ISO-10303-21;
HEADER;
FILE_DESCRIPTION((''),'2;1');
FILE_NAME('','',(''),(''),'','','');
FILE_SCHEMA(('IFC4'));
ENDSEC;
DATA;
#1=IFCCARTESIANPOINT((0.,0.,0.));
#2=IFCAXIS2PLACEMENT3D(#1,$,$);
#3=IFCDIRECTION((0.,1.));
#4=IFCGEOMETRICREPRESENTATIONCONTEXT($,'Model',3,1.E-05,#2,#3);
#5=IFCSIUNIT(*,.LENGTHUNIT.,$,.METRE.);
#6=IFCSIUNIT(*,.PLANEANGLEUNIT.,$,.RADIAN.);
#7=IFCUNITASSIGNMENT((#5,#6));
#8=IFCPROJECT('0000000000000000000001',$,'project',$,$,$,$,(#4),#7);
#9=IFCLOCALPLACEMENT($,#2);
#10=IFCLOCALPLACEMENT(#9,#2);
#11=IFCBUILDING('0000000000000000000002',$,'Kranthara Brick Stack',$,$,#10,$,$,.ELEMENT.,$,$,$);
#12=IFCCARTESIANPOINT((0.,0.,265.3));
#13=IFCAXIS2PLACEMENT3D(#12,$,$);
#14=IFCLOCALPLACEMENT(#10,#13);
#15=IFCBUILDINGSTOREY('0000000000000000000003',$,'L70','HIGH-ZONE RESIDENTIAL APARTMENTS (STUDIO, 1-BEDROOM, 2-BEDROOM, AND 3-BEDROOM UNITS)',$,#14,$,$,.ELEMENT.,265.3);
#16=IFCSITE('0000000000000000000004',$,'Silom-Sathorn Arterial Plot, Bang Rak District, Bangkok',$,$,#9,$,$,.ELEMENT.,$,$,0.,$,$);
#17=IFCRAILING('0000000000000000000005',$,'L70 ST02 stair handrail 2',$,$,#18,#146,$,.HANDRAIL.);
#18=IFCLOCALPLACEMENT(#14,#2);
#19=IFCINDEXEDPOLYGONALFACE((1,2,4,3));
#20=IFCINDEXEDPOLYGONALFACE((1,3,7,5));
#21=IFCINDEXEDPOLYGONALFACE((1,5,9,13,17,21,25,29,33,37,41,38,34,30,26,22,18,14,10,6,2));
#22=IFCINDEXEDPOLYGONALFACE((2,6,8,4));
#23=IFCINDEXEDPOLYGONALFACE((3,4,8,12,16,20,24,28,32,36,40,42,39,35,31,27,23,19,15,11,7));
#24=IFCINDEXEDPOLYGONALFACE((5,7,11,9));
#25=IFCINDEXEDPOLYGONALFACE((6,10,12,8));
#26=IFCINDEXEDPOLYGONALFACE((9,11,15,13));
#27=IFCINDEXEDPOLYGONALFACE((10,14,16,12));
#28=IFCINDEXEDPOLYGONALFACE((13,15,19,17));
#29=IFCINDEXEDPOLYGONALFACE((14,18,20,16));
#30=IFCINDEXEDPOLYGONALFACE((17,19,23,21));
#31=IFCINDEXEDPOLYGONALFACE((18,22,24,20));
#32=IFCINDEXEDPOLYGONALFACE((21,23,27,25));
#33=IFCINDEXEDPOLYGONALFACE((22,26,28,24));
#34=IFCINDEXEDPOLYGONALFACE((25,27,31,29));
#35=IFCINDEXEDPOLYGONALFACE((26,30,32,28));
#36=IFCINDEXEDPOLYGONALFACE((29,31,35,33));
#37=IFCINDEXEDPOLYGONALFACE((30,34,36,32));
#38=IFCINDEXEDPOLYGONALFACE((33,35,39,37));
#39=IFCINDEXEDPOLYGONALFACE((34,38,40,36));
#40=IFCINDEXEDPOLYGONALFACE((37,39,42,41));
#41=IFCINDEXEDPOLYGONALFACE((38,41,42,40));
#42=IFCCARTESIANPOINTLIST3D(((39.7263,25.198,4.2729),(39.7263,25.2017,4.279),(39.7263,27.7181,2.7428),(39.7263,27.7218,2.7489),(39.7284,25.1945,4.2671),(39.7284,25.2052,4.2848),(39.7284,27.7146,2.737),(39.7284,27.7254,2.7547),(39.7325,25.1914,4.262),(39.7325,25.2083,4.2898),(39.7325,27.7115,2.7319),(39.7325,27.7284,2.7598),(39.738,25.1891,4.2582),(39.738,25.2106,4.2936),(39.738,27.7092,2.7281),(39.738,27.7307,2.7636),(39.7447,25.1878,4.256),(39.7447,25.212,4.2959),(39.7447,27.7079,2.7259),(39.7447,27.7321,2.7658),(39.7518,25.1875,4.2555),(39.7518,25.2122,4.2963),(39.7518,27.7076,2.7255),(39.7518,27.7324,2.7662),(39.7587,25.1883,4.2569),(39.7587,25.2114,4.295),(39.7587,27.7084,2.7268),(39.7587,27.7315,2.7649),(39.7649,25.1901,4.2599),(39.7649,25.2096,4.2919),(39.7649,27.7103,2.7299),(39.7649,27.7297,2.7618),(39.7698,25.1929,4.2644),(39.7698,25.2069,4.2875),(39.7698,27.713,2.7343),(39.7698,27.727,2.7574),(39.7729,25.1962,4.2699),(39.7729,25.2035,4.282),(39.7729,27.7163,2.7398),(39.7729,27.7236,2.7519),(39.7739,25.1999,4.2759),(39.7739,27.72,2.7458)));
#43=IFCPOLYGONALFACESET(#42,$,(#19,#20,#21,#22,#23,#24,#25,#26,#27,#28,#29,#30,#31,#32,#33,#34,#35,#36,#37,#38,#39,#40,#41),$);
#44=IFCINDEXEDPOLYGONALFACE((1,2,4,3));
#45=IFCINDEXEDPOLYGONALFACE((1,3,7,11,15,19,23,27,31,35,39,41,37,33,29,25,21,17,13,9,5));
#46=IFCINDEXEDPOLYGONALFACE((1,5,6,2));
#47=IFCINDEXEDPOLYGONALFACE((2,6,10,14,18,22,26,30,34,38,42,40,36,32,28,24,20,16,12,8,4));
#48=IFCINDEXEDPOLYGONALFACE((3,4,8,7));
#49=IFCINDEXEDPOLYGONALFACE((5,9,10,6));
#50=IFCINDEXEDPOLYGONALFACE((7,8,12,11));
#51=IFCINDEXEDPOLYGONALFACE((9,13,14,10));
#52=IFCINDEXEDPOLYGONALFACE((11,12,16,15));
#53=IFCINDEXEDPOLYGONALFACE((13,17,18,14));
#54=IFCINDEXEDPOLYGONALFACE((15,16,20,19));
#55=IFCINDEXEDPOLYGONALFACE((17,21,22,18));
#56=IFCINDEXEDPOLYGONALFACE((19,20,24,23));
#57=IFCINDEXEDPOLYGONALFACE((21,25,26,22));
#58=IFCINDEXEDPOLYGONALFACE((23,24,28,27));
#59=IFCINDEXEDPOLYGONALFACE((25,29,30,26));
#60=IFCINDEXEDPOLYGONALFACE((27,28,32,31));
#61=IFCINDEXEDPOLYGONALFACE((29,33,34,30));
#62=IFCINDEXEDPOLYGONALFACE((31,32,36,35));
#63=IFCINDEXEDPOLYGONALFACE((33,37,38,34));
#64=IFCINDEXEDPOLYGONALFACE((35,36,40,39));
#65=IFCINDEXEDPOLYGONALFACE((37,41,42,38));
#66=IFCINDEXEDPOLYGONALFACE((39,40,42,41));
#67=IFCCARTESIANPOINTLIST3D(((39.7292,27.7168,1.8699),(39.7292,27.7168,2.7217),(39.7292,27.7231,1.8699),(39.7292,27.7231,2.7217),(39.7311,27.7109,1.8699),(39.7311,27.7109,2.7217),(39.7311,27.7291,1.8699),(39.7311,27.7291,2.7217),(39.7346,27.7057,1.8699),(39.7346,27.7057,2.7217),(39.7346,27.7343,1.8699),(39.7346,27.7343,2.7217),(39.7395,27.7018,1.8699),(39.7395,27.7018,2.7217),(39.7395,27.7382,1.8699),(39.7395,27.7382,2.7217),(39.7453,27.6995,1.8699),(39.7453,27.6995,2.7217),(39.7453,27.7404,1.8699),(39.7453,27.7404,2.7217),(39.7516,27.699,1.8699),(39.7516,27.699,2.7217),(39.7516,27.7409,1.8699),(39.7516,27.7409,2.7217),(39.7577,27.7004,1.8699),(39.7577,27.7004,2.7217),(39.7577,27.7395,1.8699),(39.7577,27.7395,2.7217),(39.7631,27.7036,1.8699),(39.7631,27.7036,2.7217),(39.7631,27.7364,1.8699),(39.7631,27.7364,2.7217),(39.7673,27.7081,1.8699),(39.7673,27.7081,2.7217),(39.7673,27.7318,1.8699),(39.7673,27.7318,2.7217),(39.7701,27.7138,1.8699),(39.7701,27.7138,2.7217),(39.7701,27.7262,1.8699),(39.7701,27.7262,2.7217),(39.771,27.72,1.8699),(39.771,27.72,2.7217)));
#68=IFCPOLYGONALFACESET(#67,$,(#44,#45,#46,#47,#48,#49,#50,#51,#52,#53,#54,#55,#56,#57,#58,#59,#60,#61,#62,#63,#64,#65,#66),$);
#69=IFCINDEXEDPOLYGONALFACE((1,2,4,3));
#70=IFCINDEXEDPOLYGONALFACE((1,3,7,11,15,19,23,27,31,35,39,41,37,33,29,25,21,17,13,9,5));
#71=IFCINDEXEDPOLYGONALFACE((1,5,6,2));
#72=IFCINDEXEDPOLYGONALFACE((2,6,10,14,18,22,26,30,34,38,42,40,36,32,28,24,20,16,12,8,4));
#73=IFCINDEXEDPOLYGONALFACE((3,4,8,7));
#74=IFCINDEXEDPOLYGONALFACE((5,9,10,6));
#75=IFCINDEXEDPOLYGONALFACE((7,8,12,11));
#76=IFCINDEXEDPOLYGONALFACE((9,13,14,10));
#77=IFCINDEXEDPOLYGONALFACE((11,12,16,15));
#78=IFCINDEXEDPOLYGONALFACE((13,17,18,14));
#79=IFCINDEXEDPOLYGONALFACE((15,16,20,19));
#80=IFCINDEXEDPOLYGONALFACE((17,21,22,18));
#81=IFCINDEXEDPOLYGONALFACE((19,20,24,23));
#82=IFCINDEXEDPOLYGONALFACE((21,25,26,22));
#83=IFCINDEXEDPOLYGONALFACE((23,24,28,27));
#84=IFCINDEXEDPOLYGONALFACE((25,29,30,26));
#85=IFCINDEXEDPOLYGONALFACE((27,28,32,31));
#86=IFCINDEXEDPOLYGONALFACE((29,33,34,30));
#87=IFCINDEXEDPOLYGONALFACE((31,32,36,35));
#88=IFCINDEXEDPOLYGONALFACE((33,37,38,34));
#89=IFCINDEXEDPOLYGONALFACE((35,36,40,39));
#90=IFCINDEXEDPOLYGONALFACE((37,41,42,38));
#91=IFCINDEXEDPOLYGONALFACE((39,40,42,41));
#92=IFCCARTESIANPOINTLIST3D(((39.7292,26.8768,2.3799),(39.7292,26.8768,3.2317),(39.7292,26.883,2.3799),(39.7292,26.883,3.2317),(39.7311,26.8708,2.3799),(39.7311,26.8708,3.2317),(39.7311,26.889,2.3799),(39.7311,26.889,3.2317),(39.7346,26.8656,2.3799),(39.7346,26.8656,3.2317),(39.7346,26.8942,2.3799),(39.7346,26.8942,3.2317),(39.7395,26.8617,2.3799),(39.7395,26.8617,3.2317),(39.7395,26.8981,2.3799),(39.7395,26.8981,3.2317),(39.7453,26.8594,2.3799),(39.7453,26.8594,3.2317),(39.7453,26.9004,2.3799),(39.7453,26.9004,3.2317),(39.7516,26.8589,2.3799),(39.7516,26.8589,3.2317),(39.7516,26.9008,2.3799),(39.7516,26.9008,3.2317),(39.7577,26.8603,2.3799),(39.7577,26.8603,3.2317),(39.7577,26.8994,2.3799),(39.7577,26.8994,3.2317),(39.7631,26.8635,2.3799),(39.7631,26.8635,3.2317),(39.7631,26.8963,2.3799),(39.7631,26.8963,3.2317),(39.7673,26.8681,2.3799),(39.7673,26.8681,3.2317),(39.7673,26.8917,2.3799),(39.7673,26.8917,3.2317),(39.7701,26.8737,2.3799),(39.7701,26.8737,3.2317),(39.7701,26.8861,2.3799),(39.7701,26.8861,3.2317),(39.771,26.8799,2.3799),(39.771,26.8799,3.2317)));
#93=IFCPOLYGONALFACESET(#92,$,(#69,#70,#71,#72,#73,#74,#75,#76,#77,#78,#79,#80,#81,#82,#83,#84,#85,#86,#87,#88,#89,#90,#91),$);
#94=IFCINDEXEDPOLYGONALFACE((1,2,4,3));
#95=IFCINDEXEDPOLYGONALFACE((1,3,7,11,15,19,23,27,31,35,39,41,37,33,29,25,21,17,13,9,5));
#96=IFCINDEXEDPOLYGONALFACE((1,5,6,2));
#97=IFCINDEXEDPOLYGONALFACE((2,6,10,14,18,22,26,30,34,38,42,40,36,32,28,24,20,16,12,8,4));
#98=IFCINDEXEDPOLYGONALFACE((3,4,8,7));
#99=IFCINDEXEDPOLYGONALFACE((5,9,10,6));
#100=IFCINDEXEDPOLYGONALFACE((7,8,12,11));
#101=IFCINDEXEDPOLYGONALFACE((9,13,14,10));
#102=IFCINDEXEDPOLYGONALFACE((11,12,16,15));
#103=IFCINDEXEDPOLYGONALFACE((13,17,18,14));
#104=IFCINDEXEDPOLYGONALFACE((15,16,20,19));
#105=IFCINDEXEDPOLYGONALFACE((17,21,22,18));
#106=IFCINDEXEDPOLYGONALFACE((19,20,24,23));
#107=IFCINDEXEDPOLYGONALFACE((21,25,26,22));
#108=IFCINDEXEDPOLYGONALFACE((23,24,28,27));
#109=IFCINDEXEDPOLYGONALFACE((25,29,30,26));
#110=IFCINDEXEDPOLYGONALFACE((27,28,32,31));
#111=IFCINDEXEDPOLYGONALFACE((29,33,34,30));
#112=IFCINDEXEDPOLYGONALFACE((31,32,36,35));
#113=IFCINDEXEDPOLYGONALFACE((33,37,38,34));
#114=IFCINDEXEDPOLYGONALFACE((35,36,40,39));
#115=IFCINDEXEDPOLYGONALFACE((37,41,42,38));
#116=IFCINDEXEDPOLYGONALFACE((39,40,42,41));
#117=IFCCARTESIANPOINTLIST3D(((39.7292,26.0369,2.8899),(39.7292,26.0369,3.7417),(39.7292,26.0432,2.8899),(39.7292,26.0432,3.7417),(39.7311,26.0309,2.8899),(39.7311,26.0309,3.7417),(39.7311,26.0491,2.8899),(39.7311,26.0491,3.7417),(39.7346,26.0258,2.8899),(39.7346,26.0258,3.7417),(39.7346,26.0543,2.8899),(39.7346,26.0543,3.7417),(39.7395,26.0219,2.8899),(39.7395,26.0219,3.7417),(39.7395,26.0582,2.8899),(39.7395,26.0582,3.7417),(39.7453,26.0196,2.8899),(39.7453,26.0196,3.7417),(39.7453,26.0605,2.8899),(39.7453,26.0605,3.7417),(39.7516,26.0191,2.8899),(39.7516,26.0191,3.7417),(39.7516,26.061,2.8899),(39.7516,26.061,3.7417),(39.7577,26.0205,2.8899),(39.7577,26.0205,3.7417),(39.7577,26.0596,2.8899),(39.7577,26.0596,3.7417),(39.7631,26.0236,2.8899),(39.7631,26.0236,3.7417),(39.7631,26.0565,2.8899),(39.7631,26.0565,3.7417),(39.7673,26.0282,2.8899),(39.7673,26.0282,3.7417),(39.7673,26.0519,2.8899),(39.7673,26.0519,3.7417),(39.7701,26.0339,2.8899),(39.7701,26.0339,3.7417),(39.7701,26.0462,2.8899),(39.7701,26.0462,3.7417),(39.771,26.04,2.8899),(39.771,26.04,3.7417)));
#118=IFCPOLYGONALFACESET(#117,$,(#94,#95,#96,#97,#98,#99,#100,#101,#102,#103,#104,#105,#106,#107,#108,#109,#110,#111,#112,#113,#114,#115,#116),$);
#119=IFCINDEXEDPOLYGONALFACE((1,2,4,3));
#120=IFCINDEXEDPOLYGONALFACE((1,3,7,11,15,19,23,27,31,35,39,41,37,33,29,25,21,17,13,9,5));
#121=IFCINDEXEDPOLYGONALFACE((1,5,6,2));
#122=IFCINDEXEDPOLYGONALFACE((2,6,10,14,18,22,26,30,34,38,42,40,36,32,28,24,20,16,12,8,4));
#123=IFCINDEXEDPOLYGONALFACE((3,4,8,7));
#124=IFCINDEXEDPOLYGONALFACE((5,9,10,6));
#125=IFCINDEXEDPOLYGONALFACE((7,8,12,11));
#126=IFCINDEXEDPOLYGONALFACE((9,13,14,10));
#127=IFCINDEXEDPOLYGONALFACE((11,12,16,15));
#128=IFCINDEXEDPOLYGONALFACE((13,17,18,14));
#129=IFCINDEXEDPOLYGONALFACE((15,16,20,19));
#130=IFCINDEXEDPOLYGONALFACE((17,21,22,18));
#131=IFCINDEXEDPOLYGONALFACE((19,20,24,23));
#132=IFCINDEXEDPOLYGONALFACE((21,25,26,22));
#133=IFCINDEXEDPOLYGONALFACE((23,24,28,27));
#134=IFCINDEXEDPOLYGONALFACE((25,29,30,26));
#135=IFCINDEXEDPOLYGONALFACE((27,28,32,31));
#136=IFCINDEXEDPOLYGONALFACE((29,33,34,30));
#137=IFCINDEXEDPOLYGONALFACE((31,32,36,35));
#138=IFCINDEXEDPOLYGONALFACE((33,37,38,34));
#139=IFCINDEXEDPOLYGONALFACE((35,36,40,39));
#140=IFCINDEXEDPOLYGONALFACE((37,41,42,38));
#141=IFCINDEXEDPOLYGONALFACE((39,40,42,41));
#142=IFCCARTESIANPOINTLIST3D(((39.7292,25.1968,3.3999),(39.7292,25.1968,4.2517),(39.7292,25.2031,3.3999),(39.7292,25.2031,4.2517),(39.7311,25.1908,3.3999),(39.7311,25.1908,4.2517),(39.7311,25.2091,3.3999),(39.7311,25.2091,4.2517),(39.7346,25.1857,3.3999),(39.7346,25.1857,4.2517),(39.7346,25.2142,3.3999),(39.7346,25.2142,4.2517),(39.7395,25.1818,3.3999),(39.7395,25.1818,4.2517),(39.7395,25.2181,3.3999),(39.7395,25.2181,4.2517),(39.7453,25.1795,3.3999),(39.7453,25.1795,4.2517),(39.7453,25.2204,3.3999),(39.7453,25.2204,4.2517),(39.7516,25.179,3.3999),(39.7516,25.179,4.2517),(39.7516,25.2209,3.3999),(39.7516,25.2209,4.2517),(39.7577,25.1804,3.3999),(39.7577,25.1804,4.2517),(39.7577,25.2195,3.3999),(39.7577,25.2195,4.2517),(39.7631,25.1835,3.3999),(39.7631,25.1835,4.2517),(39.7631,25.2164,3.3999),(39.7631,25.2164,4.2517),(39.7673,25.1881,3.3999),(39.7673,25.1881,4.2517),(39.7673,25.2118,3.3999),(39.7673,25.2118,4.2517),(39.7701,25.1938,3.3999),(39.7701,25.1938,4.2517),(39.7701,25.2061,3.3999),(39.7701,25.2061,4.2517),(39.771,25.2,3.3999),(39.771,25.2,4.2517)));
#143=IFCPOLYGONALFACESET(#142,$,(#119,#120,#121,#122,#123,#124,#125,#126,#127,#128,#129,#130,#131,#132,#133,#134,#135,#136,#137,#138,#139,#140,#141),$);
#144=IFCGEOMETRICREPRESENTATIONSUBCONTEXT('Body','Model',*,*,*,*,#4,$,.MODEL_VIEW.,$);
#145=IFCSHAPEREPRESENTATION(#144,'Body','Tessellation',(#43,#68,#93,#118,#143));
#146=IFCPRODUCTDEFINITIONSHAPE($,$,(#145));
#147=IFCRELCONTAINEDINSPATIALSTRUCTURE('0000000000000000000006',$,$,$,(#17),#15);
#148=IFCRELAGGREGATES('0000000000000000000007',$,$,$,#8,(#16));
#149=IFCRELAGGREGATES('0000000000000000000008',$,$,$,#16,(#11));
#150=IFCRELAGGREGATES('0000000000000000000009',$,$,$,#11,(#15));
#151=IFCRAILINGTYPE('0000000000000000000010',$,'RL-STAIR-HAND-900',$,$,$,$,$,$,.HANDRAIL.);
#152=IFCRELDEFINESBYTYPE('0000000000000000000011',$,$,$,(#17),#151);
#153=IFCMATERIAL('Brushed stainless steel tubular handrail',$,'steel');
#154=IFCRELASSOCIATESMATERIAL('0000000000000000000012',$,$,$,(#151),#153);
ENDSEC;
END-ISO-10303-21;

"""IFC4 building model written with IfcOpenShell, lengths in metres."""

from ifc_helpers import new_model, si_unit, direction, frame, origin, origin_2d, place, context, subcontext, project, spatial, circle, extrude, material, type_object, element, save


model = new_model("IFC4")

# Units and contexts
model_context = context("Model", 3, precision=1e-05, world=origin(), true_north=direction((0.0, 1.0)))
body_context = subcontext(model_context, "Body", "Model", "MODEL_VIEW")
ifc_project = project(units=[si_unit("LENGTHUNIT", "METRE"), si_unit("PLANEANGLEUNIT", "RADIAN")], contexts=[model_context])

# Site, building, storey
site_placement = place(None, origin())
site = spatial("IfcSite", under=ifc_project, at=site_placement, Name="Silom-Sathorn Arterial Plot, Bang Rak District, Bangkok", CompositionType="ELEMENT", RefElevation=0.0)
building_placement = place(site_placement, origin())
building = spatial("IfcBuilding", under=site, at=building_placement, Name="Kranthara Brick Stack", CompositionType="ELEMENT")
storey_placement = place(building_placement, frame((0.0, 0.0, 265.3)))
storey = spatial("IfcBuildingStorey", under=building, at=storey_placement, Name="L70", Description="HIGH-ZONE RESIDENTIAL APARTMENTS (STUDIO, 1-BEDROOM, 2-BEDROOM, AND 3-BEDROOM UNITS)", CompositionType="ELEMENT", Elevation=265.3)

# Railing
ifc_material_1 = material(Name="Brushed stainless steel tubular handrail", Category="steel")
railing_type_1 = type_object("IfcRailingType", Name="RL-STAIR-HAND-900", PredefinedType="HANDRAIL", material=ifc_material_1)
railing_1_placement = place(storey_placement, frame((39.75, 27.72, 1.8699)))
element("IfcRailing", 1, at=railing_1_placement, inside=storey, type_object=railing_type_1, Name="L70 ST02 stair handrail 2", PredefinedType="HANDRAIL", context=body_context, shape_type="SweptSolid", body=[
    extrude(circle(Radius=0.0239, at=origin_2d()), frame((0.0, 0.0, 0.876), z_axis=(0.0, -0.854785, 0.518982), x_axis=(1.0, 0.0, 0.0)), (0.0, 0.0, 1.0), 2.9482),
    extrude(circle(Radius=0.021, at=origin_2d()), origin(), (0.0, 0.0, 1.0), 0.8518),
    extrude(circle(Radius=0.021, at=origin_2d()), frame((0.0, -0.8401, 0.51)), (0.0, 0.0, 1.0), 0.8518),
    extrude(circle(Radius=0.021, at=origin_2d()), frame((0.0, -1.6799, 1.02)), (0.0, 0.0, 1.0), 0.8518),
    extrude(circle(Radius=0.021, at=origin_2d()), frame((0.0, -2.52, 1.53)), (0.0, 0.0, 1.0), 0.8518),
])

save(model, "model.ifc")
